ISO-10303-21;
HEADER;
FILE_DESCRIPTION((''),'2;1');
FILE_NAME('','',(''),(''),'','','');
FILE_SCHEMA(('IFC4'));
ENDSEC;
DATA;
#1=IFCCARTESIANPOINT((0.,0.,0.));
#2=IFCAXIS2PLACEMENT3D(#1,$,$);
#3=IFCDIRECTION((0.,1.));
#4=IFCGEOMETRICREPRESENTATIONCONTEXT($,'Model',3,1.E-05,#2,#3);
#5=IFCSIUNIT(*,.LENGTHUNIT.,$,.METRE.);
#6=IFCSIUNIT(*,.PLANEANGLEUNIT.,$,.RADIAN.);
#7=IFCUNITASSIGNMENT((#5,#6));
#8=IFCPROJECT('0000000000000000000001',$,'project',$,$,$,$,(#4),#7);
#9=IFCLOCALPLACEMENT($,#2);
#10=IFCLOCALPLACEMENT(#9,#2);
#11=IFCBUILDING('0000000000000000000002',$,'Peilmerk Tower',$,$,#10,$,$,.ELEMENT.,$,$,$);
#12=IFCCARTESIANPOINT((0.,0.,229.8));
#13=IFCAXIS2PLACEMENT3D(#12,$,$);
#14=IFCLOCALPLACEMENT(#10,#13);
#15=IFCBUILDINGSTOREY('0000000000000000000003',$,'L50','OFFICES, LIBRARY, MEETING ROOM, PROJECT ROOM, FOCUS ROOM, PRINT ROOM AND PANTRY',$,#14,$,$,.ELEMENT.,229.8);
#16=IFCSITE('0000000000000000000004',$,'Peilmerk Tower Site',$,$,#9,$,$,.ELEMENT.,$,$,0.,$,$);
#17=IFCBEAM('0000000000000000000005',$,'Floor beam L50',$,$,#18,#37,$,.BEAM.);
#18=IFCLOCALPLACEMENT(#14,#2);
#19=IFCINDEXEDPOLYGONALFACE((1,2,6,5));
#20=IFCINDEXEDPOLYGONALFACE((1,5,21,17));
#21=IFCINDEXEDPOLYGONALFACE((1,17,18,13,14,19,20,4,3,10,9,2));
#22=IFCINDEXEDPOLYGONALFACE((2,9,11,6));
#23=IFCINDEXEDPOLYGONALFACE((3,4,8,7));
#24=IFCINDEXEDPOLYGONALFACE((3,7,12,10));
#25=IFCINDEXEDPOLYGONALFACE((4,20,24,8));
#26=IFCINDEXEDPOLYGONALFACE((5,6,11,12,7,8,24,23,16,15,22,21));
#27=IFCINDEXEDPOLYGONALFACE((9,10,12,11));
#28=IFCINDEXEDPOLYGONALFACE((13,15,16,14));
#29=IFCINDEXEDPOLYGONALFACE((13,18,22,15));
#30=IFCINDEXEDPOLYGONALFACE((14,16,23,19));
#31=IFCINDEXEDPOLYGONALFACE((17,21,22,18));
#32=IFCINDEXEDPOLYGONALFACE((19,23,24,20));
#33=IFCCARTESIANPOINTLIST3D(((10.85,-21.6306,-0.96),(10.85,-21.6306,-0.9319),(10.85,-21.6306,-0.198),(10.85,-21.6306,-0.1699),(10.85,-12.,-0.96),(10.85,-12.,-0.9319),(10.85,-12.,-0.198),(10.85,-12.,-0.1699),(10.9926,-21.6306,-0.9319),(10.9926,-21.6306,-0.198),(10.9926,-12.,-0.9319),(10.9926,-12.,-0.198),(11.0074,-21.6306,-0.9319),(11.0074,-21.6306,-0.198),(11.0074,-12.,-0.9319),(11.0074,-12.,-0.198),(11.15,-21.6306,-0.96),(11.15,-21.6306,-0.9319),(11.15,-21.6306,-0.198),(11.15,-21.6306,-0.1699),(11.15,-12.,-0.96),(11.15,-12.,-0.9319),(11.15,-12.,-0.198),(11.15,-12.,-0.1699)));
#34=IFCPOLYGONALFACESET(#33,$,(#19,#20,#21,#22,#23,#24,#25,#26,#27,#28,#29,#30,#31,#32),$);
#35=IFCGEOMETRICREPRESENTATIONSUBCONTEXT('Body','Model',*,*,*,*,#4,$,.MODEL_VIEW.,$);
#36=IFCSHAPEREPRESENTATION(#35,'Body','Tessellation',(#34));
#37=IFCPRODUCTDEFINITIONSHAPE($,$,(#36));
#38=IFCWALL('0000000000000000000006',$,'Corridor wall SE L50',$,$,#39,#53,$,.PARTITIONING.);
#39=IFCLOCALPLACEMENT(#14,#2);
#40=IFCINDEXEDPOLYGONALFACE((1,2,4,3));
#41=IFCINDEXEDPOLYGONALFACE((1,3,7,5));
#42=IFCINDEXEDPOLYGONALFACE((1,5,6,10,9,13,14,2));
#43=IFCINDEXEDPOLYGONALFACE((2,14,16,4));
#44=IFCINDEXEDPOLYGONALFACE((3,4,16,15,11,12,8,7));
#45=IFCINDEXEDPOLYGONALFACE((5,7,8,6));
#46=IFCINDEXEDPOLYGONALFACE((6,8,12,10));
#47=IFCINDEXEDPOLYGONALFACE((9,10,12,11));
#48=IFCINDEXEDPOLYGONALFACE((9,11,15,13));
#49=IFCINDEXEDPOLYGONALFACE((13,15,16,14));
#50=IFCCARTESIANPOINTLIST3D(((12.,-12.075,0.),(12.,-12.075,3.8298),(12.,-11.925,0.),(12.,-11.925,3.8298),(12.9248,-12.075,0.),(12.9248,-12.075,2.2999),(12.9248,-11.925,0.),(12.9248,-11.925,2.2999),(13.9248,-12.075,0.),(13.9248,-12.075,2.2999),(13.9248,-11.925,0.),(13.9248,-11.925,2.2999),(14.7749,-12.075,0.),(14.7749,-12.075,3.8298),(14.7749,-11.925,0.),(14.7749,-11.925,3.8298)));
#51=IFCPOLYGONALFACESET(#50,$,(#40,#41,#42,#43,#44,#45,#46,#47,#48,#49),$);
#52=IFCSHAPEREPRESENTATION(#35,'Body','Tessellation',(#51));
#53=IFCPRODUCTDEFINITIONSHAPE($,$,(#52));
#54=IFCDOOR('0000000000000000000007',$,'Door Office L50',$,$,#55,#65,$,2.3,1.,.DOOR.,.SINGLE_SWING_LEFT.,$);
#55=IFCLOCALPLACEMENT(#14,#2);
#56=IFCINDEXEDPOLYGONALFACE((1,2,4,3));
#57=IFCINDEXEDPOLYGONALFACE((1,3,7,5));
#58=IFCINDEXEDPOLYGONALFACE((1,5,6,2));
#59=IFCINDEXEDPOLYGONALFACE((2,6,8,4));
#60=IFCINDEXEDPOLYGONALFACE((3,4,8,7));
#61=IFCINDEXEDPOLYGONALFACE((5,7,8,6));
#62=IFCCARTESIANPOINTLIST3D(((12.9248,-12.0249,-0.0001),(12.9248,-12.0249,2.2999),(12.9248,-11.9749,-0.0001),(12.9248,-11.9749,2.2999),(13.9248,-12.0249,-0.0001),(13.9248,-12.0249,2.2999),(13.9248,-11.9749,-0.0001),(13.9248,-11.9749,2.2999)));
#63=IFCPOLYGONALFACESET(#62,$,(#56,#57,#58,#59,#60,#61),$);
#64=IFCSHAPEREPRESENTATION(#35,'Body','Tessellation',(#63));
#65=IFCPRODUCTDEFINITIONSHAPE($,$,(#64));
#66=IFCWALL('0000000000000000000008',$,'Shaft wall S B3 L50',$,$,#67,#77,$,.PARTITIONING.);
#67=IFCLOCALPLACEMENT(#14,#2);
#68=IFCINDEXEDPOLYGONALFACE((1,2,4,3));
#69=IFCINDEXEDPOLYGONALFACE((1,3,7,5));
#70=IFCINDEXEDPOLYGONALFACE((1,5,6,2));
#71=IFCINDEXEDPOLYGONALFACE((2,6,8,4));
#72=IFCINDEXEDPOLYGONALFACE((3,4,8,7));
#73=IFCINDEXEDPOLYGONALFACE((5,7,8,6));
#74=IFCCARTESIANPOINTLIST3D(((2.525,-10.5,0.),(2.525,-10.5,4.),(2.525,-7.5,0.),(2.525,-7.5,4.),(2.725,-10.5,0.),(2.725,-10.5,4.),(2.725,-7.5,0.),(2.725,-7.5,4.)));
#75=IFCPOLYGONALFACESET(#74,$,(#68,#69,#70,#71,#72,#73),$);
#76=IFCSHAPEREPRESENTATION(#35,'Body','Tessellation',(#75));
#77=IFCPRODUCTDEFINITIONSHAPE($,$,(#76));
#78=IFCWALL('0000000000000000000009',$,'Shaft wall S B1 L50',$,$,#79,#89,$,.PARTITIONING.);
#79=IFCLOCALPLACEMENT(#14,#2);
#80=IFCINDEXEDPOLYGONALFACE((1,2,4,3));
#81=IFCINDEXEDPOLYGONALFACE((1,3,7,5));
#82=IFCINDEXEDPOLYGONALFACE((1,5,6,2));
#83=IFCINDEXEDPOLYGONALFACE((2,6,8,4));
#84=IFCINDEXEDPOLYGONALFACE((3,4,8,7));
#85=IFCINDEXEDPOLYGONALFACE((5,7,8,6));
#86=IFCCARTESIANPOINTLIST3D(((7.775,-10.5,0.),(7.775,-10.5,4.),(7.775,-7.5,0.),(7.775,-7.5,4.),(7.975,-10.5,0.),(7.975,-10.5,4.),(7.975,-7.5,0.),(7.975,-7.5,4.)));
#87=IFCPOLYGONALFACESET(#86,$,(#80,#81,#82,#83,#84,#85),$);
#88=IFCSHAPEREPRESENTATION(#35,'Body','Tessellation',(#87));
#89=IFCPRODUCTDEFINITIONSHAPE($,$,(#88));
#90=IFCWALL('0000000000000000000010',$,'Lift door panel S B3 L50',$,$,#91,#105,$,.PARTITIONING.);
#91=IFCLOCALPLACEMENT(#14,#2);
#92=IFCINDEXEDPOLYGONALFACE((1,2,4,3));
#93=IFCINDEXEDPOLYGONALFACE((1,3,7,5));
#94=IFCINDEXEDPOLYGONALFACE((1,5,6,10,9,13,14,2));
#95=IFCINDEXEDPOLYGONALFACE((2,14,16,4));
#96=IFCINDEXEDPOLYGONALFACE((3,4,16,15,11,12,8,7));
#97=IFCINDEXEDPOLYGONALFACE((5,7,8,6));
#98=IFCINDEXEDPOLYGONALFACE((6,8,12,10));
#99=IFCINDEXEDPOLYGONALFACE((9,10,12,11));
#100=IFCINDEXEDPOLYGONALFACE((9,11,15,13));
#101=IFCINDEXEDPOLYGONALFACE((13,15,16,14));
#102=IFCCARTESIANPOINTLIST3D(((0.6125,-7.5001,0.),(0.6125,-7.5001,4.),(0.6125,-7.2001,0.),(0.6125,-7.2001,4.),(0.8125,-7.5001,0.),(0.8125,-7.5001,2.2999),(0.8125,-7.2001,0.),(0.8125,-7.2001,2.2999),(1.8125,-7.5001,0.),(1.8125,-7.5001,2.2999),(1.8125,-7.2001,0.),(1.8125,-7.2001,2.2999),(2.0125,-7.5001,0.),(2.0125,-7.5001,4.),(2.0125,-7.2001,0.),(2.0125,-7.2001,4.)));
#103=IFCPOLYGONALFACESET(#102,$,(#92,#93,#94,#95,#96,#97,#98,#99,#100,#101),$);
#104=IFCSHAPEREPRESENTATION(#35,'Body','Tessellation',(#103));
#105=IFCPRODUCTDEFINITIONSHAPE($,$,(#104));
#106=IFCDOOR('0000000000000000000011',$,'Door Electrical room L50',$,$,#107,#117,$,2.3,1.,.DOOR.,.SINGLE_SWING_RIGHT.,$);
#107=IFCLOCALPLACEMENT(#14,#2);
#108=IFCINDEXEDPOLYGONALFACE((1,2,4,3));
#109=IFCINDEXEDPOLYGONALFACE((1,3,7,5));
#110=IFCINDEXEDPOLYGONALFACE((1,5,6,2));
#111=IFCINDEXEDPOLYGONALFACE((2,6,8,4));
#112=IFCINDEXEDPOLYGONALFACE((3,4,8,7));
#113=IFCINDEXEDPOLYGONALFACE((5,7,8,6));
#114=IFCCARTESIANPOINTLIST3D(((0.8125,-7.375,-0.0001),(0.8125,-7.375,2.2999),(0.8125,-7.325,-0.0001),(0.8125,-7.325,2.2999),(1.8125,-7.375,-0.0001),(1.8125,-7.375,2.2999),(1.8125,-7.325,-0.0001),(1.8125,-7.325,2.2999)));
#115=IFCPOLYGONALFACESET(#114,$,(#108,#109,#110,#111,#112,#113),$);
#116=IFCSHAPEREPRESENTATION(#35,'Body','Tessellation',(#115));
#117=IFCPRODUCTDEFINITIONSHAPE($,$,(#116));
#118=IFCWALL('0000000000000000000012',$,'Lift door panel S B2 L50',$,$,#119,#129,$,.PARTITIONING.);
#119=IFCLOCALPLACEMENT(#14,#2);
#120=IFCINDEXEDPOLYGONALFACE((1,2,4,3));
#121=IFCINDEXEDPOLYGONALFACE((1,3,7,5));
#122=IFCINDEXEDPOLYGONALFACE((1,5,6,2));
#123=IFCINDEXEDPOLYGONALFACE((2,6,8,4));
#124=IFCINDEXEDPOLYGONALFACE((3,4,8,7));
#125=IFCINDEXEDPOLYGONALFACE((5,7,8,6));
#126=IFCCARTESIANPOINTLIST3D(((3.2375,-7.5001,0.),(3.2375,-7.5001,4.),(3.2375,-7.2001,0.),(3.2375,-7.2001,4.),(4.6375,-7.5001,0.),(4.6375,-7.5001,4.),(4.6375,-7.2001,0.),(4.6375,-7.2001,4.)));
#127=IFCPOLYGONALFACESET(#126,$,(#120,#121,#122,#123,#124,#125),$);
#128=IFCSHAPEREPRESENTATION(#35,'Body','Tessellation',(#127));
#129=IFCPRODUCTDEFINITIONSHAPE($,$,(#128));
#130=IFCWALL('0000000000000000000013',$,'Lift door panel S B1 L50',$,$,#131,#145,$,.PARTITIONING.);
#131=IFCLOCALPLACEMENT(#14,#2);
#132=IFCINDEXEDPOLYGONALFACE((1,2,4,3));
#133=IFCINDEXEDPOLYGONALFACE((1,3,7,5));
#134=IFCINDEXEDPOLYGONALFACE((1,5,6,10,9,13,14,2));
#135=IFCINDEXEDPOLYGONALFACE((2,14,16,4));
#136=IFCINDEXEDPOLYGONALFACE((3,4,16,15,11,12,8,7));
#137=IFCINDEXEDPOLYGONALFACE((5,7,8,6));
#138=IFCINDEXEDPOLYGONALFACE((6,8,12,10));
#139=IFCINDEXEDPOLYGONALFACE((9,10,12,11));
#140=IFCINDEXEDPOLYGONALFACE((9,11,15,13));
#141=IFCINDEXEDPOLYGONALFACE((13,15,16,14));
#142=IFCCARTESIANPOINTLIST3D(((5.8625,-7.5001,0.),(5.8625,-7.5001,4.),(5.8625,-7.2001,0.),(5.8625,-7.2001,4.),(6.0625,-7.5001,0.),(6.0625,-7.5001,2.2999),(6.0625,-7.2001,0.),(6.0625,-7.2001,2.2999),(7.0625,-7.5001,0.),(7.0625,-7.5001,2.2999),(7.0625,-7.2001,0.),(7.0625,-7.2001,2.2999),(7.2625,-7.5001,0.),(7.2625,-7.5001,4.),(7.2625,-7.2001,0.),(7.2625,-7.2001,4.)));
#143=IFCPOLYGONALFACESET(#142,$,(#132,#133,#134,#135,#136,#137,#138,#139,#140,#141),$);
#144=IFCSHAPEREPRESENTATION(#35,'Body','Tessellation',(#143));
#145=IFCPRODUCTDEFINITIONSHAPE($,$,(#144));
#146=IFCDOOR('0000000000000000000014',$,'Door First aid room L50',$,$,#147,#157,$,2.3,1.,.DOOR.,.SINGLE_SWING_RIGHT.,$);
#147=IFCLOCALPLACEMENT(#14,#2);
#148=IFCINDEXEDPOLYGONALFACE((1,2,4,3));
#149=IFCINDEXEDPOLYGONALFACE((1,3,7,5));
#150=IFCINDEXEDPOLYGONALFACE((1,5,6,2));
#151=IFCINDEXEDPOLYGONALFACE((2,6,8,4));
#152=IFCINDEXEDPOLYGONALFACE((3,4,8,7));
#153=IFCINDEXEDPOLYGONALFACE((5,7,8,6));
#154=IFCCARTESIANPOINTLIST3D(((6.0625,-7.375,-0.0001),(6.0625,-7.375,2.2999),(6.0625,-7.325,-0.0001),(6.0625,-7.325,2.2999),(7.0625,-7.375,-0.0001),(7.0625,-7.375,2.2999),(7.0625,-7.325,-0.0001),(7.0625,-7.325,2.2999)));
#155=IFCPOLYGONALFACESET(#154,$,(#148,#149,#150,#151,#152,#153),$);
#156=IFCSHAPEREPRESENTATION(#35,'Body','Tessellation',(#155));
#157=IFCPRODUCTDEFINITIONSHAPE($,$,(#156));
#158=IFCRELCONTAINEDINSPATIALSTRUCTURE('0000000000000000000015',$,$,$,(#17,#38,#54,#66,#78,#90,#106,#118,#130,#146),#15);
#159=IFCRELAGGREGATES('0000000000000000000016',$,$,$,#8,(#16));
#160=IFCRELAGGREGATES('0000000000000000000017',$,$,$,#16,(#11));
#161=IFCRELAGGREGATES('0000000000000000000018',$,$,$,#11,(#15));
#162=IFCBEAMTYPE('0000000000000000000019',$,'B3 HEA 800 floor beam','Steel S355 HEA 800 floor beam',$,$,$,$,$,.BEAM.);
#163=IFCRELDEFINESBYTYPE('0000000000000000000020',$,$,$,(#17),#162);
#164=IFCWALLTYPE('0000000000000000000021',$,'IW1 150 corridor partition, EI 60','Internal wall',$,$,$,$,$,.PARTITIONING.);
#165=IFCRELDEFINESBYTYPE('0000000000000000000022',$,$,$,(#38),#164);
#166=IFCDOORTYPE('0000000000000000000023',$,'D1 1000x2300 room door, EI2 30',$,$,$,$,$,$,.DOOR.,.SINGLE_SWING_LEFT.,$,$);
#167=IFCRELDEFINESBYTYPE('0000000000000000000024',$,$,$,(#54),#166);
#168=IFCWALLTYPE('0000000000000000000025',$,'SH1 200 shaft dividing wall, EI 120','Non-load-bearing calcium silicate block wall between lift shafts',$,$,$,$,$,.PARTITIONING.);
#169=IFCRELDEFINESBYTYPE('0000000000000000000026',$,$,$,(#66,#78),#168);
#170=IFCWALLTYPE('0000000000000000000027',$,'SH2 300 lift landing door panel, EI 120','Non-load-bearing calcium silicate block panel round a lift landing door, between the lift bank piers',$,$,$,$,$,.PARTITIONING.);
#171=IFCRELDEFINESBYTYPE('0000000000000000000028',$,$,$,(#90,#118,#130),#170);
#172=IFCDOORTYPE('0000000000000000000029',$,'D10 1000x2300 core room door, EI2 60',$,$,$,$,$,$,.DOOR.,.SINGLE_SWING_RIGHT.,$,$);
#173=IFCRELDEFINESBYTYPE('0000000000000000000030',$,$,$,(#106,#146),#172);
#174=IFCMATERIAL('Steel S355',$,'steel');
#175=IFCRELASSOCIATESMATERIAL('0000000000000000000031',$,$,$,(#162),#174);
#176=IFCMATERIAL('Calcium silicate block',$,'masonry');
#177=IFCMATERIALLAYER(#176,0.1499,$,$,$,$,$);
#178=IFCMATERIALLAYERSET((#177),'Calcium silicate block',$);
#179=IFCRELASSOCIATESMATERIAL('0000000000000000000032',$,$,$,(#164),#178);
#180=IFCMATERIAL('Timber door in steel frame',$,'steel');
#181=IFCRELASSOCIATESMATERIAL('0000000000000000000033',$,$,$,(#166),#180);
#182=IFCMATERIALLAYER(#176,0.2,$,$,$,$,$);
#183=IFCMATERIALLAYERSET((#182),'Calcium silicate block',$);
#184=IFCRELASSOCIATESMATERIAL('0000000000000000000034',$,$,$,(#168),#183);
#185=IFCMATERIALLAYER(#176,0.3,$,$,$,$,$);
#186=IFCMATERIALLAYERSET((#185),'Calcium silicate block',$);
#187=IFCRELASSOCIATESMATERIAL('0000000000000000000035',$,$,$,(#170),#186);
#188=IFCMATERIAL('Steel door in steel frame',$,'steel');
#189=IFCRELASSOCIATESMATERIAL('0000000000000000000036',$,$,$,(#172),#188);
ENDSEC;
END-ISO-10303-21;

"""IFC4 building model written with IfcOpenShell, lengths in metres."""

from ifc_helpers import new_model, si_unit, direction, frame, frame_2d, origin, origin_2d, place, context, subcontext, project, spatial, rectangle, i_section, extrude, material, layer, layer_set, material_profile, profile_set, type_object, element, fill, save


model = new_model("IFC4")

# Units and contexts
model_context = context("Model", 3, precision=1e-05, world=origin(), true_north=direction((0.0, 1.0)))
body_context = subcontext(model_context, "Body", "Model", "MODEL_VIEW")
ifc_project = project(units=[si_unit("LENGTHUNIT", "METRE"), si_unit("PLANEANGLEUNIT", "RADIAN")], contexts=[model_context])

# Site, building, storey
site_placement = place(None, origin())
site = spatial("IfcSite", under=ifc_project, at=site_placement, Name="Peilmerk Tower Site", CompositionType="ELEMENT", RefElevation=0.0)
building_placement = place(site_placement, origin())
building = spatial("IfcBuilding", under=site, at=building_placement, Name="Peilmerk Tower", CompositionType="ELEMENT")
storey_placement = place(building_placement, frame((0.0, 0.0, 229.8)))
storey = spatial("IfcBuildingStorey", under=building, at=storey_placement, Name="L50", Description="OFFICES, LIBRARY, MEETING ROOM, PROJECT ROOM, FOCUS ROOM, PRINT ROOM AND PANTRY", CompositionType="ELEMENT", Elevation=229.8)

# Beam
ifc_material_1 = material(Name="Steel S355", Category="steel")
ifc_material_profile_1 = material_profile(ifc_material_1, i_section(OverallWidth=0.3, OverallDepth=0.79, WebThickness=0.0149, FlangeThickness=0.0281, at=origin_2d()), Name="HEA 800")
ifc_profile_set_1 = profile_set([ifc_material_profile_1], Name="Steel S355")
beam_type_1 = type_object("IfcBeamType", Name="B3 HEA 800 floor beam", Description="Steel S355 HEA 800 floor beam", PredefinedType="BEAM", material=ifc_profile_set_1)
for number, where, z_axis, x_axis, name in (
    (1, (11.0, -12.0, -0.5649), (0.0, -1.0, 0.0), (1.0, 0.0, 0.0), "Floor beam L50"),
):
    element("IfcBeam", number, at=place(storey_placement, frame(where, z_axis=z_axis, x_axis=x_axis)), inside=storey, type_object=beam_type_1, Name=name, PredefinedType="BEAM", context=body_context, shape_type="SweptSolid", body=[
        extrude(i_section(OverallWidth=0.3, OverallDepth=0.79, WebThickness=0.0149, FlangeThickness=0.0281, at=origin_2d()), origin(), (0.0, 0.0, 1.0), 9.6306),
    ])

# Wall, opening, door
ifc_material_2 = material(Name="Calcium silicate block", Category="masonry")
ifc_layer_1 = layer(ifc_material_2, 0.1499)
ifc_layer_set_1 = layer_set([ifc_layer_1], Name="Calcium silicate block")
wall_type_1 = type_object("IfcWallType", Name="IW1 150 corridor partition, EI 60", Description="Internal wall", PredefinedType="PARTITIONING", material=ifc_layer_set_1)
wall_1_placement = place(storey_placement, frame((14.7749, -12.0, 0.0), z_axis=(0.0, 0.0, 1.0), x_axis=(-1.0, 0.0, 0.0)))
wall_1 = element("IfcWall", 2, at=wall_1_placement, inside=storey, type_object=wall_type_1, Name="Corridor wall SE L50", PredefinedType="PARTITIONING", context=body_context, shape_type="SweptSolid", body=[
    extrude(rectangle(XDim=2.7749, YDim=0.1499, at=frame_2d((1.3875, 0.0))), origin(), (0.0, 0.0, 1.0), 3.8298),
])
opening_1_placement = place(wall_1_placement, frame((0.8501, 0.0, 0.0)))
opening_1 = element("IfcOpeningElement", 3, at=opening_1_placement, cuts=wall_1, PredefinedType="OPENING", context=body_context, shape_type="SweptSolid", body=[
    extrude(rectangle(XDim=1.0, YDim=2.3, at=frame_2d((0.5, 1.1499))), frame((0.0, 0.085, 0.0), z_axis=(0.0, -1.0, 0.0), x_axis=(1.0, 0.0, 0.0)), (0.0, 0.0, 1.0), 0.1699),
])
ifc_material_3 = material(Name="Timber door in steel frame", Category="steel")
door_type_1 = type_object("IfcDoorType", Name="D1 1000x2300 room door, EI2 30", OperationType="SINGLE_SWING_LEFT", PredefinedType="DOOR", material=ifc_material_3)
door_1_placement = place(opening_1_placement, origin())
door_1 = element("IfcDoor", 4, at=door_1_placement, inside=storey, type_object=door_type_1, Name="Door Office L50", OperationType="SINGLE_SWING_LEFT", OverallHeight=2.3, OverallWidth=1.0, PredefinedType="DOOR", context=body_context, shape_type="SweptSolid", body=[
    extrude(rectangle(XDim=1.0, YDim=2.3, at=frame_2d((0.5, 1.1499))), frame((0.0, 0.0249, 0.0), z_axis=(0.0, -1.0, 0.0), x_axis=(1.0, 0.0, 0.0)), (0.0, 0.0, 1.0), 0.05),
])
fill(opening_1, door_1)

# Walls
ifc_layer_2 = layer(ifc_material_2, 0.2)
ifc_layer_set_2 = layer_set([ifc_layer_2], Name="Calcium silicate block")
wall_type_2 = type_object("IfcWallType", Name="SH1 200 shaft dividing wall, EI 120", Description="Non-load-bearing calcium silicate block wall between lift shafts", PredefinedType="PARTITIONING", material=ifc_layer_set_2)
for number, where, z_axis, x_axis, name in (
    (5, (2.625, -10.5, 0.0), (0.0, 0.0, 1.0), (0.0, 1.0, 0.0), "Shaft wall S B3 L50"),
    (6, (7.875, -10.5, 0.0), (0.0, 0.0, 1.0), (0.0, 1.0, 0.0), "Shaft wall S B1 L50"),
):
    element("IfcWall", number, at=place(storey_placement, frame(where, z_axis=z_axis, x_axis=x_axis)), inside=storey, type_object=wall_type_2, Name=name, PredefinedType="PARTITIONING", context=body_context, shape_type="SweptSolid", body=[
        extrude(rectangle(XDim=3.0, YDim=0.2, at=frame_2d((1.5, 0.0))), origin(), (0.0, 0.0, 1.0), 4.0),
    ])

# Wall, opening, door
ifc_layer_3 = layer(ifc_material_2, 0.3)
ifc_layer_set_3 = layer_set([ifc_layer_3], Name="Calcium silicate block")
wall_type_3 = type_object("IfcWallType", Name="SH2 300 lift landing door panel, EI 120", Description="Non-load-bearing calcium silicate block panel round a lift landing door, between the lift bank piers", PredefinedType="PARTITIONING", material=ifc_layer_set_3)
wall_2_placement = place(storey_placement, frame((0.6125, -7.3501, 0.0), z_axis=(0.0, 0.0, 1.0), x_axis=(1.0, 0.0, 0.0)))
wall_2 = element("IfcWall", 7, at=wall_2_placement, inside=storey, type_object=wall_type_3, Name="Lift door panel S B3 L50", PredefinedType="PARTITIONING", context=body_context, shape_type="SweptSolid", body=[
    extrude(rectangle(XDim=1.3999, YDim=0.3, at=frame_2d((0.7, 0.0))), origin(), (0.0, 0.0, 1.0), 4.0),
])
opening_2_placement = place(wall_2_placement, frame((0.2, 0.0, 0.0)))
opening_2 = element("IfcOpeningElement", 8, at=opening_2_placement, cuts=wall_2, PredefinedType="OPENING", context=body_context, shape_type="SweptSolid", body=[
    extrude(rectangle(XDim=1.0, YDim=2.3, at=frame_2d((0.5, 1.1499))), frame((0.0, 0.1599, 0.0), z_axis=(0.0, -1.0, 0.0), x_axis=(1.0, 0.0, 0.0)), (0.0, 0.0, 1.0), 0.3201),
])
ifc_material_4 = material(Name="Steel door in steel frame", Category="steel")
door_type_2 = type_object("IfcDoorType", Name="D10 1000x2300 core room door, EI2 60", OperationType="SINGLE_SWING_RIGHT", PredefinedType="DOOR", material=ifc_material_4)
door_2_placement = place(opening_2_placement, frame((1.0, 0.0, 0.0), z_axis=(0.0, 0.0, 1.0), x_axis=(-1.0, 0.0, 0.0)))
door_2 = element("IfcDoor", 9, at=door_2_placement, inside=storey, type_object=door_type_2, Name="Door Electrical room L50", OperationType="SINGLE_SWING_RIGHT", OverallHeight=2.3, OverallWidth=1.0, PredefinedType="DOOR", context=body_context, shape_type="SweptSolid", body=[
    extrude(rectangle(XDim=1.0, YDim=2.3, at=frame_2d((0.5, 1.1499))), frame((0.0, 0.0249, 0.0), z_axis=(0.0, -1.0, 0.0), x_axis=(1.0, 0.0, 0.0)), (0.0, 0.0, 1.0), 0.05),
])
fill(opening_2, door_2)

# Wall
wall_3_placement = place(storey_placement, frame((3.2375, -7.3501, 0.0), z_axis=(0.0, 0.0, 1.0), x_axis=(1.0, 0.0, 0.0)))
element("IfcWall", 10, at=wall_3_placement, inside=storey, type_object=wall_type_3, Name="Lift door panel S B2 L50", PredefinedType="PARTITIONING", context=body_context, shape_type="SweptSolid", body=[
    extrude(rectangle(XDim=1.3999, YDim=0.3, at=frame_2d((0.7, 0.0))), origin(), (0.0, 0.0, 1.0), 4.0),
])

# Wall, opening, door
wall_4_placement = place(storey_placement, frame((5.8625, -7.3501, 0.0), z_axis=(0.0, 0.0, 1.0), x_axis=(1.0, 0.0, 0.0)))
wall_4 = element("IfcWall", 11, at=wall_4_placement, inside=storey, type_object=wall_type_3, Name="Lift door panel S B1 L50", PredefinedType="PARTITIONING", context=body_context, shape_type="SweptSolid", body=[
    extrude(rectangle(XDim=1.3999, YDim=0.3, at=frame_2d((0.7, 0.0))), origin(), (0.0, 0.0, 1.0), 4.0),
])
opening_3_placement = place(wall_4_placement, frame((0.2, 0.0, 0.0)))
opening_3 = element("IfcOpeningElement", 12, at=opening_3_placement, cuts=wall_4, PredefinedType="OPENING", context=body_context, shape_type="SweptSolid", body=[
    extrude(rectangle(XDim=1.0, YDim=2.3, at=frame_2d((0.5, 1.1499))), frame((0.0, 0.1599, 0.0), z_axis=(0.0, -1.0, 0.0), x_axis=(1.0, 0.0, 0.0)), (0.0, 0.0, 1.0), 0.3201),
])
door_3_placement = place(opening_3_placement, frame((1.0, 0.0, 0.0), z_axis=(0.0, 0.0, 1.0), x_axis=(-1.0, 0.0, 0.0)))
door_3 = element("IfcDoor", 13, at=door_3_placement, inside=storey, type_object=door_type_2, Name="Door First aid room L50", OperationType="SINGLE_SWING_RIGHT", OverallHeight=2.3, OverallWidth=1.0, PredefinedType="DOOR", context=body_context, shape_type="SweptSolid", body=[
    extrude(rectangle(XDim=1.0, YDim=2.3, at=frame_2d((0.5, 1.1499))), frame((0.0, 0.0249, 0.0), z_axis=(0.0, -1.0, 0.0), x_axis=(1.0, 0.0, 0.0)), (0.0, 0.0, 1.0), 0.05),
])
fill(opening_3, door_3)

save(model, "model.ifc")
